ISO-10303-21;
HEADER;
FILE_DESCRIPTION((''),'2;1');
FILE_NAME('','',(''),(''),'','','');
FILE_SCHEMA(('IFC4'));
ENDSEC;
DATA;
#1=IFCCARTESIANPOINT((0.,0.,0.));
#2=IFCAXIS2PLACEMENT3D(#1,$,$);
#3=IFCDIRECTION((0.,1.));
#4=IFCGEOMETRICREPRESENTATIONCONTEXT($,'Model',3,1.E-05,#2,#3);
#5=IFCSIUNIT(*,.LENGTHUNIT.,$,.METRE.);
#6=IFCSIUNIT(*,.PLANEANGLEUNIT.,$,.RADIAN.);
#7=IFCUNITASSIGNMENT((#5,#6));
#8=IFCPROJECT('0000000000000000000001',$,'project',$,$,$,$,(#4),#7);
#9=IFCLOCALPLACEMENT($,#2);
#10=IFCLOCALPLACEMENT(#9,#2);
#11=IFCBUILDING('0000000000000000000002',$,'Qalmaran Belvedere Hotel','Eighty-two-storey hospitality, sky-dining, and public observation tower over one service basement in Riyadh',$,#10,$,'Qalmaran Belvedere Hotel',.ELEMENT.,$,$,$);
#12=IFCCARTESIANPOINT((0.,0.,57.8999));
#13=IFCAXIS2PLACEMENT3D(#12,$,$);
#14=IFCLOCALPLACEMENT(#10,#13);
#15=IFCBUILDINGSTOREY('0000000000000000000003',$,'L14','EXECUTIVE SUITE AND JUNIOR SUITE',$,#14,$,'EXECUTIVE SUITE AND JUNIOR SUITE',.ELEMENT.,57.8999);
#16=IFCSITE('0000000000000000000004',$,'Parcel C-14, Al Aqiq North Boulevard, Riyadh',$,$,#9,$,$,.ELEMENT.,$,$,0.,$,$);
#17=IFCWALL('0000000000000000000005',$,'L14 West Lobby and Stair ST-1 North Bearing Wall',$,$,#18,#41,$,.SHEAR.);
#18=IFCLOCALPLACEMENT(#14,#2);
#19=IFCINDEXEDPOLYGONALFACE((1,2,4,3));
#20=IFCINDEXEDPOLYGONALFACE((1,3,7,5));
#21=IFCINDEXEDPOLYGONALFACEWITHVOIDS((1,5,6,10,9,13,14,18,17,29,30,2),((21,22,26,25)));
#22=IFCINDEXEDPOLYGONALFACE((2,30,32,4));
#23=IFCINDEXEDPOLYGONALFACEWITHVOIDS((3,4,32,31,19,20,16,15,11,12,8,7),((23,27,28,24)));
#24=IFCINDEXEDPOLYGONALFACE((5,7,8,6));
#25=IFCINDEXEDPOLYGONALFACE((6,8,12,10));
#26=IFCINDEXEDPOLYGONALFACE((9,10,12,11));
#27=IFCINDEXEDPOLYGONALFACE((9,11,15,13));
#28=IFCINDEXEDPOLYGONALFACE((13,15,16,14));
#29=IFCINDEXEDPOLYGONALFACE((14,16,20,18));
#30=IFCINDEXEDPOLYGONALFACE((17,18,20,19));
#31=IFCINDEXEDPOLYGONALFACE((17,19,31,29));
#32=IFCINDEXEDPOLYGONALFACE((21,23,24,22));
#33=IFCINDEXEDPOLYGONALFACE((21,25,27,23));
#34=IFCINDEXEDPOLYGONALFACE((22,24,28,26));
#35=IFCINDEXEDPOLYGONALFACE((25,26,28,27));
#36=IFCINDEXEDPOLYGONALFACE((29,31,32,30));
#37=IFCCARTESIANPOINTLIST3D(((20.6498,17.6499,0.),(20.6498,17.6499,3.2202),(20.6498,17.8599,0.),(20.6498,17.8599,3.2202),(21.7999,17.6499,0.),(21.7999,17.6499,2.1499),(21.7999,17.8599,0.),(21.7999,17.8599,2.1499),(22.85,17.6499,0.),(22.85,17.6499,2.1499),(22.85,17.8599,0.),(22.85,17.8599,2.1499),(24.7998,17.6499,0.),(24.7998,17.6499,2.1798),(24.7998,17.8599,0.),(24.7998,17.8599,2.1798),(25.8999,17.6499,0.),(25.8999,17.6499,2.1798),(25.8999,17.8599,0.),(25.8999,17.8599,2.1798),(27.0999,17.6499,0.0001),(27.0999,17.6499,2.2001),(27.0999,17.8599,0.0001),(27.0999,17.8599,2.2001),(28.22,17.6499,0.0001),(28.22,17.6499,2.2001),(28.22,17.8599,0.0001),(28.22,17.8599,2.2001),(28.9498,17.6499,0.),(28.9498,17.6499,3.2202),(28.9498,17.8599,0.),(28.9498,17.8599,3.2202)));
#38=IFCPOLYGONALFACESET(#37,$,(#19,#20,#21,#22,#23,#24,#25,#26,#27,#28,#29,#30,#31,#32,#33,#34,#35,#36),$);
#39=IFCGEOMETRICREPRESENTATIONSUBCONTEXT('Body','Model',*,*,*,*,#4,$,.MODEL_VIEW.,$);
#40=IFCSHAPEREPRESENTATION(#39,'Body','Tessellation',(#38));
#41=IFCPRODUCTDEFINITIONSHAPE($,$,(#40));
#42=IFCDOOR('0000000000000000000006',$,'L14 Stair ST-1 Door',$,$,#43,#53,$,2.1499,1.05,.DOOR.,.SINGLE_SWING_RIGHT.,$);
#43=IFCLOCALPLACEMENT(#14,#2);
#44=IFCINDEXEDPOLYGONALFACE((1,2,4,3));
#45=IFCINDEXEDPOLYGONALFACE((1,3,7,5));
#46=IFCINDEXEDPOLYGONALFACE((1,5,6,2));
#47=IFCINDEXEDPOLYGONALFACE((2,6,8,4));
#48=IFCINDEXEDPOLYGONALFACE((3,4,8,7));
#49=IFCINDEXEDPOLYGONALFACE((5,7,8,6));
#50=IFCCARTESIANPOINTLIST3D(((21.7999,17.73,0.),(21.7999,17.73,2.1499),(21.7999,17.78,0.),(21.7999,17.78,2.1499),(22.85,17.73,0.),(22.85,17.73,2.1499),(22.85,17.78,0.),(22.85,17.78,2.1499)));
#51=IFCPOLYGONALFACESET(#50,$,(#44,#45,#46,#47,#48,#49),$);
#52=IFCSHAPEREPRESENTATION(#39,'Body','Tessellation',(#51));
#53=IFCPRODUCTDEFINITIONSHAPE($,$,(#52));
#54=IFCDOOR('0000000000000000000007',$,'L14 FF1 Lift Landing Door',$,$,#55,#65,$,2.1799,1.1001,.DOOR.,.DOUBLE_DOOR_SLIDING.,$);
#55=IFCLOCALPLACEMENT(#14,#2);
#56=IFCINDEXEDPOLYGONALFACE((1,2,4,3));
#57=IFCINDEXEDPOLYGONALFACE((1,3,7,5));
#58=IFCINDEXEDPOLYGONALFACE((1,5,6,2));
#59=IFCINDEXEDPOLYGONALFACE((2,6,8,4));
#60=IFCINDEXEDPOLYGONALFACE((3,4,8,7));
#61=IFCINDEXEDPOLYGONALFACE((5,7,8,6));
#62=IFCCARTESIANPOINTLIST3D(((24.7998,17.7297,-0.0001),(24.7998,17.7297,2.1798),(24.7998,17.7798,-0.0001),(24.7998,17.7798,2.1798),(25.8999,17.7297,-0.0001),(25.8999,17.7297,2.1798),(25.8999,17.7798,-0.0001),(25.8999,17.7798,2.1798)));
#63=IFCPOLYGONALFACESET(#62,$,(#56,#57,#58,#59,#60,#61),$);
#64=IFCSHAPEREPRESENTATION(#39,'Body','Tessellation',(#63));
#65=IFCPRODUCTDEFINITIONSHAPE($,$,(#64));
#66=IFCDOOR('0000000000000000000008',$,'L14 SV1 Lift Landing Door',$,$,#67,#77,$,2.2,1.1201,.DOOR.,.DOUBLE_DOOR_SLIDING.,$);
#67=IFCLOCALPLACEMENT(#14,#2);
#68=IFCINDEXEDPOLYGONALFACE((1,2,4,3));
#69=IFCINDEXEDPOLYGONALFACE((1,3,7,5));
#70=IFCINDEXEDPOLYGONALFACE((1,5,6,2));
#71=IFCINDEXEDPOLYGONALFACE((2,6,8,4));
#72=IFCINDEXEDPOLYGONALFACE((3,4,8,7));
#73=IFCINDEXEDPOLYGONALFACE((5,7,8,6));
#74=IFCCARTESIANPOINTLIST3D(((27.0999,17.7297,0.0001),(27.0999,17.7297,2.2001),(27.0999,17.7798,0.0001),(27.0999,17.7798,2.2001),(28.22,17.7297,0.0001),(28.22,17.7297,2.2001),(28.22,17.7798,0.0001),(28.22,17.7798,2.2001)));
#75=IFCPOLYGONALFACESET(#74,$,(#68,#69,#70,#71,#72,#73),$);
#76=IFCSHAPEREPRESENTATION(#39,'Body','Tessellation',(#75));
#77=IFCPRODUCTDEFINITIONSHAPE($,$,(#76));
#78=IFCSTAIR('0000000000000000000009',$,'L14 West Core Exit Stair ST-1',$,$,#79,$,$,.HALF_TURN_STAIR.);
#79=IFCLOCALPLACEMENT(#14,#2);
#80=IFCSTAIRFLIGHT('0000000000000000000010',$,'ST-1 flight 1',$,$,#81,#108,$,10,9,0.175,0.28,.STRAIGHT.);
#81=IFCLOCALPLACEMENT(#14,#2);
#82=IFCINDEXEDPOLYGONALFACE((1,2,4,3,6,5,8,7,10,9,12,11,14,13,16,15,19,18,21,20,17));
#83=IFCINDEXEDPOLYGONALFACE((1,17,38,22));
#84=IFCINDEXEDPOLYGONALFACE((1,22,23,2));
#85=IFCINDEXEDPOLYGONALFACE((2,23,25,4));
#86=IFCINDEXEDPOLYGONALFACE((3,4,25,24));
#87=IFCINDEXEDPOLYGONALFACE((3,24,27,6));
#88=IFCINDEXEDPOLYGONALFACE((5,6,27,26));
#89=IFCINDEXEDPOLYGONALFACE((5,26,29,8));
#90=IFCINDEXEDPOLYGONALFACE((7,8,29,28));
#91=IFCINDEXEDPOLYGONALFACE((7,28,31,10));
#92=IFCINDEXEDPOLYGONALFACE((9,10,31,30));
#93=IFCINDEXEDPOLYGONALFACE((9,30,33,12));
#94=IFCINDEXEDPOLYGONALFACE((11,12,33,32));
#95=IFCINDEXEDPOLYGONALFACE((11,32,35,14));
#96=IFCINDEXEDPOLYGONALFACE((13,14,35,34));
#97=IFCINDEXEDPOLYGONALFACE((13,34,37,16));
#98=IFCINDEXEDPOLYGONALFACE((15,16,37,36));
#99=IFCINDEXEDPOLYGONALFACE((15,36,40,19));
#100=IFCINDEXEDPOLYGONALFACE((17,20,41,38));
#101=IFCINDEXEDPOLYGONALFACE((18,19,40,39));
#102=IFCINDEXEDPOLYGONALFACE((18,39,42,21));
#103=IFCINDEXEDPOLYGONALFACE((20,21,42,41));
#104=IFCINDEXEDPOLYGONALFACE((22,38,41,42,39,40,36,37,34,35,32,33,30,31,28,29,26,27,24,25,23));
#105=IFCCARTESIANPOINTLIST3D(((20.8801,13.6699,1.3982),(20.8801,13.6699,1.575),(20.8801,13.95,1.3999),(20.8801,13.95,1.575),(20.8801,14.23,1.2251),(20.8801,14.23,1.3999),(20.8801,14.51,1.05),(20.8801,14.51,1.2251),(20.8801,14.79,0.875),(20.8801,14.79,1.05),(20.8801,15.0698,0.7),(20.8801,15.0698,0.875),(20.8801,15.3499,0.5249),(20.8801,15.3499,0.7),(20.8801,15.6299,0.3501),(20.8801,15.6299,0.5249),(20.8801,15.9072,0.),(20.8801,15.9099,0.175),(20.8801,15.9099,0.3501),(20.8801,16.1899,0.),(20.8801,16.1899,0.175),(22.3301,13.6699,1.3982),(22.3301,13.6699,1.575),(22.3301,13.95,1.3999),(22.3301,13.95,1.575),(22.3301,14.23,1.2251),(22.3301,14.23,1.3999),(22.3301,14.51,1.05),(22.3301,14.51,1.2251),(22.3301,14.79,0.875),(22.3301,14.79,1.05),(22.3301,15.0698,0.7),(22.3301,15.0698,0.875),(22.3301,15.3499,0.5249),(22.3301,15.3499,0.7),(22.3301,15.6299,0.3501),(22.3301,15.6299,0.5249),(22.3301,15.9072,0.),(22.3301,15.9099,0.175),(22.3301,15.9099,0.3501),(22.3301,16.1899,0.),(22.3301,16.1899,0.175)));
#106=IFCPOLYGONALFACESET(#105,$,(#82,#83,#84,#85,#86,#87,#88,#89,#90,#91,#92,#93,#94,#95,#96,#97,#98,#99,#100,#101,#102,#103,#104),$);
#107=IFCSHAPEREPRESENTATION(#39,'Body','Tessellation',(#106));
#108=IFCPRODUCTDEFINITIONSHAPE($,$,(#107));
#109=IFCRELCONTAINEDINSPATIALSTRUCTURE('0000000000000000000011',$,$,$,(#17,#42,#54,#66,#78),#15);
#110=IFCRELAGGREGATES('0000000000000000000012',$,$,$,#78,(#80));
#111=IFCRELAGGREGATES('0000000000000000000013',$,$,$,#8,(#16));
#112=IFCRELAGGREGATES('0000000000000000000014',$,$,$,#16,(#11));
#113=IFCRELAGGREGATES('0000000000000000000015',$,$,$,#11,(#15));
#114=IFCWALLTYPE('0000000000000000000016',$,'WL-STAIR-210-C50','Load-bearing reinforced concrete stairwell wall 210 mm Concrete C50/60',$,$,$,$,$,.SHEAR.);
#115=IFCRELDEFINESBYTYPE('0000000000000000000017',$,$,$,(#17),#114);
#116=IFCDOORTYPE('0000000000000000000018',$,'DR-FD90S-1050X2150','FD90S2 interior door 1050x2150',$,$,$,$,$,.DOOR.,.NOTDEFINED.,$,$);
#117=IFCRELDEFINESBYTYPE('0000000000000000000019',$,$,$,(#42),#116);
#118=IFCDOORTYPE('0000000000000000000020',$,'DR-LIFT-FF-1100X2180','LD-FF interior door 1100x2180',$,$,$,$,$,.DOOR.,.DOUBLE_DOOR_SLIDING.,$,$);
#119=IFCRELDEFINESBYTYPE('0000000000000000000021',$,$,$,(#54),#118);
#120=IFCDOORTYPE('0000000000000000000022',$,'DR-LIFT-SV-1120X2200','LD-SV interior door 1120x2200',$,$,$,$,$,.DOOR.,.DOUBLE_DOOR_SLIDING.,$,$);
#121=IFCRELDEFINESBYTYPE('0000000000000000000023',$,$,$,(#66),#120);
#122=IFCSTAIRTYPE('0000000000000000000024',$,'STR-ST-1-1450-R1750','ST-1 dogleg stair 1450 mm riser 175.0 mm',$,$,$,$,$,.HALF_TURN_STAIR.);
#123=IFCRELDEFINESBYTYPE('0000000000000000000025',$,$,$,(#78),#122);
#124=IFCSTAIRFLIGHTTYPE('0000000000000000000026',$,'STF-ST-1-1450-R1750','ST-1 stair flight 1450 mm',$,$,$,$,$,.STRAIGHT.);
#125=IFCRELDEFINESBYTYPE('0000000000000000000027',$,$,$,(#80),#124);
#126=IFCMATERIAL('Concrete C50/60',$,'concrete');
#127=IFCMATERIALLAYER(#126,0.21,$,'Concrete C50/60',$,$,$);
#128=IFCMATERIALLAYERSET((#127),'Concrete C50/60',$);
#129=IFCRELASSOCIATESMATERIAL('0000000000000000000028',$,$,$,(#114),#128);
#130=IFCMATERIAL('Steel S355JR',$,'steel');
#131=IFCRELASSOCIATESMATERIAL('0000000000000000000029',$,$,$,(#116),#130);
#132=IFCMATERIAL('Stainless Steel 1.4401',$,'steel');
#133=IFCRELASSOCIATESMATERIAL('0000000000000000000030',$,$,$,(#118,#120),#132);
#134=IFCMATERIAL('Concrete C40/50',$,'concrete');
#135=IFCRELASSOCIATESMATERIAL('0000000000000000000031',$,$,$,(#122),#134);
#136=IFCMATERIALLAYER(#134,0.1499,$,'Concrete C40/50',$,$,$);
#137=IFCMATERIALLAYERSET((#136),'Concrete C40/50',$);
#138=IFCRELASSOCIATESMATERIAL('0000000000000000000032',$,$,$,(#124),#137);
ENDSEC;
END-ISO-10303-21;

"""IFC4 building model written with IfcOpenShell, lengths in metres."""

from ifc_helpers import new_model, si_unit, direction, frame, frame_2d, origin, place, context, subcontext, project, spatial, polyline, rectangle, outline, extrude, material, layer, layer_set, type_object, element, fill, aggregate, save


model = new_model("IFC4")

# Units and contexts
model_context = context("Model", 3, precision=1e-05, world=origin(), true_north=direction((0.0, 1.0)))
body_context = subcontext(model_context, "Body", "Model", "MODEL_VIEW")
ifc_project = project(units=[si_unit("LENGTHUNIT", "METRE"), si_unit("PLANEANGLEUNIT", "RADIAN")], contexts=[model_context])

# Site, building, storey
site_placement = place(None, origin())
site = spatial("IfcSite", under=ifc_project, at=site_placement, Name="Parcel C-14, Al Aqiq North Boulevard, Riyadh", CompositionType="ELEMENT", RefElevation=0.0)
building_placement = place(site_placement, origin())
building = spatial("IfcBuilding", under=site, at=building_placement, Name="Qalmaran Belvedere Hotel", Description="Eighty-two-storey hospitality, sky-dining, and public observation tower over one service basement in Riyadh", LongName="Qalmaran Belvedere Hotel", CompositionType="ELEMENT")
storey_placement = place(building_placement, frame((0.0, 0.0, 57.8999)))
storey = spatial("IfcBuildingStorey", under=building, at=storey_placement, Name="L14", Description="EXECUTIVE SUITE AND JUNIOR SUITE", LongName="EXECUTIVE SUITE AND JUNIOR SUITE", CompositionType="ELEMENT", Elevation=57.8999)

# Shared definitions
ifc_material_1 = material(Name="Steel S355JR", Category="steel")

# Wall, openings, doors
ifc_material_2 = material(Name="Concrete C50/60", Category="concrete")
ifc_layer_1 = layer(ifc_material_2, 0.21, Name="Concrete C50/60")
ifc_layer_set_1 = layer_set([ifc_layer_1], Name="Concrete C50/60")
wall_type_1 = type_object("IfcWallType", Name="WL-STAIR-210-C50", Description="Load-bearing reinforced concrete stairwell wall 210 mm Concrete C50/60", PredefinedType="SHEAR", material=ifc_layer_set_1)
wall_1_placement = place(storey_placement, frame((20.6499, 17.7549, 0.0), z_axis=(0.0, 0.0, 1.0), x_axis=(1.0, 0.0, 0.0)))
wall_1 = element("IfcWall", 1, at=wall_1_placement, inside=storey, type_object=wall_type_1, Name="L14 West Lobby and Stair ST-1 North Bearing Wall", PredefinedType="SHEAR", context=body_context, shape_type="SweptSolid", body=[
    extrude(rectangle(XDim=8.3, YDim=0.21, at=frame_2d((4.1499, 0.0))), origin(), (0.0, 0.0, 1.0), 3.2202),
])
opening_1_placement = place(wall_1_placement, frame((2.2, 0.0, 0.0), z_axis=(0.0, 0.0, 1.0), x_axis=(-1.0, 0.0, 0.0)))
opening_1 = element("IfcOpeningElement", 2, at=opening_1_placement, cuts=wall_1, PredefinedType="OPENING", context=body_context, shape_type="SweptSolid", body=[
    extrude(rectangle(XDim=1.05, YDim=2.1499, at=frame_2d((0.5249, 1.075))), frame((0.0, 0.115, 0.0), z_axis=(0.0, -1.0, 0.0), x_axis=(1.0, 0.0, 0.0)), (0.0, 0.0, 1.0), 0.23),
])
opening_2_placement = place(wall_1_placement, frame((4.1499, 0.0, 0.0)))
opening_2 = element("IfcOpeningElement", 3, at=opening_2_placement, cuts=wall_1, PredefinedType="OPENING", context=body_context, shape_type="SweptSolid", body=[
    extrude(rectangle(XDim=1.1001, YDim=2.1799, at=frame_2d((0.55, 1.0898))), frame((0.0, 0.115, 0.0), z_axis=(0.0, -1.0, 0.0), x_axis=(1.0, 0.0, 0.0)), (0.0, 0.0, 1.0), 0.23),
])
opening_3_placement = place(wall_1_placement, frame((6.45, 0.0, 0.0)))
opening_3 = element("IfcOpeningElement", 4, at=opening_3_placement, cuts=wall_1, PredefinedType="OPENING", context=body_context, shape_type="SweptSolid", body=[
    extrude(rectangle(XDim=1.1201, YDim=2.2, at=frame_2d((0.5601, 1.1001))), frame((0.0, 0.115, 0.0), z_axis=(0.0, -1.0, 0.0), x_axis=(1.0, 0.0, 0.0)), (0.0, 0.0, 1.0), 0.23),
])
door_type_1 = type_object("IfcDoorType", Name="DR-FD90S-1050X2150", Description="FD90S2 interior door 1050x2150", OperationType="NOTDEFINED", PredefinedType="DOOR", material=ifc_material_1)
door_1_placement = place(opening_1_placement, origin())
door_1 = element("IfcDoor", 5, at=door_1_placement, inside=storey, type_object=door_type_1, Name="L14 Stair ST-1 Door", OperationType="SINGLE_SWING_RIGHT", OverallHeight=2.1499, OverallWidth=1.05, PredefinedType="DOOR", context=body_context, shape_type="SweptSolid", body=[
    extrude(rectangle(XDim=1.05, YDim=2.1499, at=frame_2d((0.5249, 1.075))), frame((0.0, 0.0249, 0.0), z_axis=(0.0, -1.0, 0.0), x_axis=(1.0, 0.0, 0.0)), (0.0, 0.0, 1.0), 0.05),
])
fill(opening_1, door_1)
ifc_material_3 = material(Name="Stainless Steel 1.4401", Category="steel")
door_type_2 = type_object("IfcDoorType", Name="DR-LIFT-FF-1100X2180", Description="LD-FF interior door 1100x2180", OperationType="DOUBLE_DOOR_SLIDING", PredefinedType="DOOR", material=ifc_material_3)
door_2_placement = place(opening_2_placement, origin())
door_2 = element("IfcDoor", 6, at=door_2_placement, inside=storey, type_object=door_type_2, Name="L14 FF1 Lift Landing Door", OperationType="DOUBLE_DOOR_SLIDING", OverallHeight=2.1799, OverallWidth=1.1001, PredefinedType="DOOR", context=body_context, shape_type="SweptSolid", body=[
    extrude(rectangle(XDim=1.1001, YDim=2.1799, at=frame_2d((0.55, 1.0898))), frame((0.0, 0.0249, 0.0), z_axis=(0.0, -1.0, 0.0), x_axis=(1.0, 0.0, 0.0)), (0.0, 0.0, 1.0), 0.05),
])
fill(opening_2, door_2)
door_type_3 = type_object("IfcDoorType", Name="DR-LIFT-SV-1120X2200", Description="LD-SV interior door 1120x2200", OperationType="DOUBLE_DOOR_SLIDING", PredefinedType="DOOR", material=ifc_material_3)
door_3_placement = place(opening_3_placement, origin())
door_3 = element("IfcDoor", 7, at=door_3_placement, inside=storey, type_object=door_type_3, Name="L14 SV1 Lift Landing Door", OperationType="DOUBLE_DOOR_SLIDING", OverallHeight=2.2, OverallWidth=1.1201, PredefinedType="DOOR", context=body_context, shape_type="SweptSolid", body=[
    extrude(rectangle(XDim=1.1201, YDim=2.2, at=frame_2d((0.5601, 1.1001))), frame((0.0, 0.0249, 0.0), z_axis=(0.0, -1.0, 0.0), x_axis=(1.0, 0.0, 0.0)), (0.0, 0.0, 1.0), 0.05),
])
fill(opening_3, door_3)

# Stair, stair flight
ifc_material_4 = material(Name="Concrete C40/50", Category="concrete")
stair_type = type_object("IfcStairType", Name="STR-ST-1-1450-R1750", Description="ST-1 dogleg stair 1450 mm riser 175.0 mm", PredefinedType="HALF_TURN_STAIR", material=ifc_material_4)
stair_placement = place(storey_placement, origin())
stair = element("IfcStair", 8, at=stair_placement, inside=storey, type_object=stair_type, Name="L14 West Core Exit Stair ST-1", PredefinedType="HALF_TURN_STAIR")
ifc_layer_2 = layer(ifc_material_4, 0.1499, Name="Concrete C40/50")
ifc_layer_set_2 = layer_set([ifc_layer_2], Name="Concrete C40/50")
stair_flight_type = type_object("IfcStairFlightType", Name="STF-ST-1-1450-R1750", Description="ST-1 stair flight 1450 mm", PredefinedType="STRAIGHT", material=ifc_layer_set_2)
stair_flight_placement = place(storey_placement, frame((21.605, 16.1899, 0.0), z_axis=(0.0, 0.0, 1.0), x_axis=(0.0, -1.0, 0.0)))
stair_flight = element("IfcStairFlight", 9, at=stair_flight_placement, type_object=stair_flight_type, Name="ST-1 flight 1", NumberOfRisers=10, NumberOfTreads=9, PredefinedType="STRAIGHT", RiserHeight=0.175, TreadLength=0.28, context=body_context, shape_type="SweptSolid", body=[
    extrude(outline(polyline([(0.0, 0.0), (0.0, 0.175), (0.28, 0.175), (0.28, 0.3501), (0.5601, 0.3501), (0.5601, 0.5249), (0.8401, 0.5249), (0.8401, 0.7), (1.1201, 0.7), (1.1201, 0.875), (1.3999, 0.875), (1.3999, 1.05), (1.6799, 1.05), (1.6799, 1.2251), (1.96, 1.2251), (1.96, 1.3999), (2.24, 1.3999), (2.24, 1.575), (2.52, 1.575), (2.52, 1.75), (2.52, 1.3982), (0.2827, 0.0), (0.0, 0.0)])), frame((0.0, 0.7251, 0.0), z_axis=(0.0, -1.0, 0.0), x_axis=(1.0, 0.0, 0.0)), (0.0, 0.0, 1.0), 1.45),
])
aggregate(stair, [stair_flight])

save(model, "model.ifc")
